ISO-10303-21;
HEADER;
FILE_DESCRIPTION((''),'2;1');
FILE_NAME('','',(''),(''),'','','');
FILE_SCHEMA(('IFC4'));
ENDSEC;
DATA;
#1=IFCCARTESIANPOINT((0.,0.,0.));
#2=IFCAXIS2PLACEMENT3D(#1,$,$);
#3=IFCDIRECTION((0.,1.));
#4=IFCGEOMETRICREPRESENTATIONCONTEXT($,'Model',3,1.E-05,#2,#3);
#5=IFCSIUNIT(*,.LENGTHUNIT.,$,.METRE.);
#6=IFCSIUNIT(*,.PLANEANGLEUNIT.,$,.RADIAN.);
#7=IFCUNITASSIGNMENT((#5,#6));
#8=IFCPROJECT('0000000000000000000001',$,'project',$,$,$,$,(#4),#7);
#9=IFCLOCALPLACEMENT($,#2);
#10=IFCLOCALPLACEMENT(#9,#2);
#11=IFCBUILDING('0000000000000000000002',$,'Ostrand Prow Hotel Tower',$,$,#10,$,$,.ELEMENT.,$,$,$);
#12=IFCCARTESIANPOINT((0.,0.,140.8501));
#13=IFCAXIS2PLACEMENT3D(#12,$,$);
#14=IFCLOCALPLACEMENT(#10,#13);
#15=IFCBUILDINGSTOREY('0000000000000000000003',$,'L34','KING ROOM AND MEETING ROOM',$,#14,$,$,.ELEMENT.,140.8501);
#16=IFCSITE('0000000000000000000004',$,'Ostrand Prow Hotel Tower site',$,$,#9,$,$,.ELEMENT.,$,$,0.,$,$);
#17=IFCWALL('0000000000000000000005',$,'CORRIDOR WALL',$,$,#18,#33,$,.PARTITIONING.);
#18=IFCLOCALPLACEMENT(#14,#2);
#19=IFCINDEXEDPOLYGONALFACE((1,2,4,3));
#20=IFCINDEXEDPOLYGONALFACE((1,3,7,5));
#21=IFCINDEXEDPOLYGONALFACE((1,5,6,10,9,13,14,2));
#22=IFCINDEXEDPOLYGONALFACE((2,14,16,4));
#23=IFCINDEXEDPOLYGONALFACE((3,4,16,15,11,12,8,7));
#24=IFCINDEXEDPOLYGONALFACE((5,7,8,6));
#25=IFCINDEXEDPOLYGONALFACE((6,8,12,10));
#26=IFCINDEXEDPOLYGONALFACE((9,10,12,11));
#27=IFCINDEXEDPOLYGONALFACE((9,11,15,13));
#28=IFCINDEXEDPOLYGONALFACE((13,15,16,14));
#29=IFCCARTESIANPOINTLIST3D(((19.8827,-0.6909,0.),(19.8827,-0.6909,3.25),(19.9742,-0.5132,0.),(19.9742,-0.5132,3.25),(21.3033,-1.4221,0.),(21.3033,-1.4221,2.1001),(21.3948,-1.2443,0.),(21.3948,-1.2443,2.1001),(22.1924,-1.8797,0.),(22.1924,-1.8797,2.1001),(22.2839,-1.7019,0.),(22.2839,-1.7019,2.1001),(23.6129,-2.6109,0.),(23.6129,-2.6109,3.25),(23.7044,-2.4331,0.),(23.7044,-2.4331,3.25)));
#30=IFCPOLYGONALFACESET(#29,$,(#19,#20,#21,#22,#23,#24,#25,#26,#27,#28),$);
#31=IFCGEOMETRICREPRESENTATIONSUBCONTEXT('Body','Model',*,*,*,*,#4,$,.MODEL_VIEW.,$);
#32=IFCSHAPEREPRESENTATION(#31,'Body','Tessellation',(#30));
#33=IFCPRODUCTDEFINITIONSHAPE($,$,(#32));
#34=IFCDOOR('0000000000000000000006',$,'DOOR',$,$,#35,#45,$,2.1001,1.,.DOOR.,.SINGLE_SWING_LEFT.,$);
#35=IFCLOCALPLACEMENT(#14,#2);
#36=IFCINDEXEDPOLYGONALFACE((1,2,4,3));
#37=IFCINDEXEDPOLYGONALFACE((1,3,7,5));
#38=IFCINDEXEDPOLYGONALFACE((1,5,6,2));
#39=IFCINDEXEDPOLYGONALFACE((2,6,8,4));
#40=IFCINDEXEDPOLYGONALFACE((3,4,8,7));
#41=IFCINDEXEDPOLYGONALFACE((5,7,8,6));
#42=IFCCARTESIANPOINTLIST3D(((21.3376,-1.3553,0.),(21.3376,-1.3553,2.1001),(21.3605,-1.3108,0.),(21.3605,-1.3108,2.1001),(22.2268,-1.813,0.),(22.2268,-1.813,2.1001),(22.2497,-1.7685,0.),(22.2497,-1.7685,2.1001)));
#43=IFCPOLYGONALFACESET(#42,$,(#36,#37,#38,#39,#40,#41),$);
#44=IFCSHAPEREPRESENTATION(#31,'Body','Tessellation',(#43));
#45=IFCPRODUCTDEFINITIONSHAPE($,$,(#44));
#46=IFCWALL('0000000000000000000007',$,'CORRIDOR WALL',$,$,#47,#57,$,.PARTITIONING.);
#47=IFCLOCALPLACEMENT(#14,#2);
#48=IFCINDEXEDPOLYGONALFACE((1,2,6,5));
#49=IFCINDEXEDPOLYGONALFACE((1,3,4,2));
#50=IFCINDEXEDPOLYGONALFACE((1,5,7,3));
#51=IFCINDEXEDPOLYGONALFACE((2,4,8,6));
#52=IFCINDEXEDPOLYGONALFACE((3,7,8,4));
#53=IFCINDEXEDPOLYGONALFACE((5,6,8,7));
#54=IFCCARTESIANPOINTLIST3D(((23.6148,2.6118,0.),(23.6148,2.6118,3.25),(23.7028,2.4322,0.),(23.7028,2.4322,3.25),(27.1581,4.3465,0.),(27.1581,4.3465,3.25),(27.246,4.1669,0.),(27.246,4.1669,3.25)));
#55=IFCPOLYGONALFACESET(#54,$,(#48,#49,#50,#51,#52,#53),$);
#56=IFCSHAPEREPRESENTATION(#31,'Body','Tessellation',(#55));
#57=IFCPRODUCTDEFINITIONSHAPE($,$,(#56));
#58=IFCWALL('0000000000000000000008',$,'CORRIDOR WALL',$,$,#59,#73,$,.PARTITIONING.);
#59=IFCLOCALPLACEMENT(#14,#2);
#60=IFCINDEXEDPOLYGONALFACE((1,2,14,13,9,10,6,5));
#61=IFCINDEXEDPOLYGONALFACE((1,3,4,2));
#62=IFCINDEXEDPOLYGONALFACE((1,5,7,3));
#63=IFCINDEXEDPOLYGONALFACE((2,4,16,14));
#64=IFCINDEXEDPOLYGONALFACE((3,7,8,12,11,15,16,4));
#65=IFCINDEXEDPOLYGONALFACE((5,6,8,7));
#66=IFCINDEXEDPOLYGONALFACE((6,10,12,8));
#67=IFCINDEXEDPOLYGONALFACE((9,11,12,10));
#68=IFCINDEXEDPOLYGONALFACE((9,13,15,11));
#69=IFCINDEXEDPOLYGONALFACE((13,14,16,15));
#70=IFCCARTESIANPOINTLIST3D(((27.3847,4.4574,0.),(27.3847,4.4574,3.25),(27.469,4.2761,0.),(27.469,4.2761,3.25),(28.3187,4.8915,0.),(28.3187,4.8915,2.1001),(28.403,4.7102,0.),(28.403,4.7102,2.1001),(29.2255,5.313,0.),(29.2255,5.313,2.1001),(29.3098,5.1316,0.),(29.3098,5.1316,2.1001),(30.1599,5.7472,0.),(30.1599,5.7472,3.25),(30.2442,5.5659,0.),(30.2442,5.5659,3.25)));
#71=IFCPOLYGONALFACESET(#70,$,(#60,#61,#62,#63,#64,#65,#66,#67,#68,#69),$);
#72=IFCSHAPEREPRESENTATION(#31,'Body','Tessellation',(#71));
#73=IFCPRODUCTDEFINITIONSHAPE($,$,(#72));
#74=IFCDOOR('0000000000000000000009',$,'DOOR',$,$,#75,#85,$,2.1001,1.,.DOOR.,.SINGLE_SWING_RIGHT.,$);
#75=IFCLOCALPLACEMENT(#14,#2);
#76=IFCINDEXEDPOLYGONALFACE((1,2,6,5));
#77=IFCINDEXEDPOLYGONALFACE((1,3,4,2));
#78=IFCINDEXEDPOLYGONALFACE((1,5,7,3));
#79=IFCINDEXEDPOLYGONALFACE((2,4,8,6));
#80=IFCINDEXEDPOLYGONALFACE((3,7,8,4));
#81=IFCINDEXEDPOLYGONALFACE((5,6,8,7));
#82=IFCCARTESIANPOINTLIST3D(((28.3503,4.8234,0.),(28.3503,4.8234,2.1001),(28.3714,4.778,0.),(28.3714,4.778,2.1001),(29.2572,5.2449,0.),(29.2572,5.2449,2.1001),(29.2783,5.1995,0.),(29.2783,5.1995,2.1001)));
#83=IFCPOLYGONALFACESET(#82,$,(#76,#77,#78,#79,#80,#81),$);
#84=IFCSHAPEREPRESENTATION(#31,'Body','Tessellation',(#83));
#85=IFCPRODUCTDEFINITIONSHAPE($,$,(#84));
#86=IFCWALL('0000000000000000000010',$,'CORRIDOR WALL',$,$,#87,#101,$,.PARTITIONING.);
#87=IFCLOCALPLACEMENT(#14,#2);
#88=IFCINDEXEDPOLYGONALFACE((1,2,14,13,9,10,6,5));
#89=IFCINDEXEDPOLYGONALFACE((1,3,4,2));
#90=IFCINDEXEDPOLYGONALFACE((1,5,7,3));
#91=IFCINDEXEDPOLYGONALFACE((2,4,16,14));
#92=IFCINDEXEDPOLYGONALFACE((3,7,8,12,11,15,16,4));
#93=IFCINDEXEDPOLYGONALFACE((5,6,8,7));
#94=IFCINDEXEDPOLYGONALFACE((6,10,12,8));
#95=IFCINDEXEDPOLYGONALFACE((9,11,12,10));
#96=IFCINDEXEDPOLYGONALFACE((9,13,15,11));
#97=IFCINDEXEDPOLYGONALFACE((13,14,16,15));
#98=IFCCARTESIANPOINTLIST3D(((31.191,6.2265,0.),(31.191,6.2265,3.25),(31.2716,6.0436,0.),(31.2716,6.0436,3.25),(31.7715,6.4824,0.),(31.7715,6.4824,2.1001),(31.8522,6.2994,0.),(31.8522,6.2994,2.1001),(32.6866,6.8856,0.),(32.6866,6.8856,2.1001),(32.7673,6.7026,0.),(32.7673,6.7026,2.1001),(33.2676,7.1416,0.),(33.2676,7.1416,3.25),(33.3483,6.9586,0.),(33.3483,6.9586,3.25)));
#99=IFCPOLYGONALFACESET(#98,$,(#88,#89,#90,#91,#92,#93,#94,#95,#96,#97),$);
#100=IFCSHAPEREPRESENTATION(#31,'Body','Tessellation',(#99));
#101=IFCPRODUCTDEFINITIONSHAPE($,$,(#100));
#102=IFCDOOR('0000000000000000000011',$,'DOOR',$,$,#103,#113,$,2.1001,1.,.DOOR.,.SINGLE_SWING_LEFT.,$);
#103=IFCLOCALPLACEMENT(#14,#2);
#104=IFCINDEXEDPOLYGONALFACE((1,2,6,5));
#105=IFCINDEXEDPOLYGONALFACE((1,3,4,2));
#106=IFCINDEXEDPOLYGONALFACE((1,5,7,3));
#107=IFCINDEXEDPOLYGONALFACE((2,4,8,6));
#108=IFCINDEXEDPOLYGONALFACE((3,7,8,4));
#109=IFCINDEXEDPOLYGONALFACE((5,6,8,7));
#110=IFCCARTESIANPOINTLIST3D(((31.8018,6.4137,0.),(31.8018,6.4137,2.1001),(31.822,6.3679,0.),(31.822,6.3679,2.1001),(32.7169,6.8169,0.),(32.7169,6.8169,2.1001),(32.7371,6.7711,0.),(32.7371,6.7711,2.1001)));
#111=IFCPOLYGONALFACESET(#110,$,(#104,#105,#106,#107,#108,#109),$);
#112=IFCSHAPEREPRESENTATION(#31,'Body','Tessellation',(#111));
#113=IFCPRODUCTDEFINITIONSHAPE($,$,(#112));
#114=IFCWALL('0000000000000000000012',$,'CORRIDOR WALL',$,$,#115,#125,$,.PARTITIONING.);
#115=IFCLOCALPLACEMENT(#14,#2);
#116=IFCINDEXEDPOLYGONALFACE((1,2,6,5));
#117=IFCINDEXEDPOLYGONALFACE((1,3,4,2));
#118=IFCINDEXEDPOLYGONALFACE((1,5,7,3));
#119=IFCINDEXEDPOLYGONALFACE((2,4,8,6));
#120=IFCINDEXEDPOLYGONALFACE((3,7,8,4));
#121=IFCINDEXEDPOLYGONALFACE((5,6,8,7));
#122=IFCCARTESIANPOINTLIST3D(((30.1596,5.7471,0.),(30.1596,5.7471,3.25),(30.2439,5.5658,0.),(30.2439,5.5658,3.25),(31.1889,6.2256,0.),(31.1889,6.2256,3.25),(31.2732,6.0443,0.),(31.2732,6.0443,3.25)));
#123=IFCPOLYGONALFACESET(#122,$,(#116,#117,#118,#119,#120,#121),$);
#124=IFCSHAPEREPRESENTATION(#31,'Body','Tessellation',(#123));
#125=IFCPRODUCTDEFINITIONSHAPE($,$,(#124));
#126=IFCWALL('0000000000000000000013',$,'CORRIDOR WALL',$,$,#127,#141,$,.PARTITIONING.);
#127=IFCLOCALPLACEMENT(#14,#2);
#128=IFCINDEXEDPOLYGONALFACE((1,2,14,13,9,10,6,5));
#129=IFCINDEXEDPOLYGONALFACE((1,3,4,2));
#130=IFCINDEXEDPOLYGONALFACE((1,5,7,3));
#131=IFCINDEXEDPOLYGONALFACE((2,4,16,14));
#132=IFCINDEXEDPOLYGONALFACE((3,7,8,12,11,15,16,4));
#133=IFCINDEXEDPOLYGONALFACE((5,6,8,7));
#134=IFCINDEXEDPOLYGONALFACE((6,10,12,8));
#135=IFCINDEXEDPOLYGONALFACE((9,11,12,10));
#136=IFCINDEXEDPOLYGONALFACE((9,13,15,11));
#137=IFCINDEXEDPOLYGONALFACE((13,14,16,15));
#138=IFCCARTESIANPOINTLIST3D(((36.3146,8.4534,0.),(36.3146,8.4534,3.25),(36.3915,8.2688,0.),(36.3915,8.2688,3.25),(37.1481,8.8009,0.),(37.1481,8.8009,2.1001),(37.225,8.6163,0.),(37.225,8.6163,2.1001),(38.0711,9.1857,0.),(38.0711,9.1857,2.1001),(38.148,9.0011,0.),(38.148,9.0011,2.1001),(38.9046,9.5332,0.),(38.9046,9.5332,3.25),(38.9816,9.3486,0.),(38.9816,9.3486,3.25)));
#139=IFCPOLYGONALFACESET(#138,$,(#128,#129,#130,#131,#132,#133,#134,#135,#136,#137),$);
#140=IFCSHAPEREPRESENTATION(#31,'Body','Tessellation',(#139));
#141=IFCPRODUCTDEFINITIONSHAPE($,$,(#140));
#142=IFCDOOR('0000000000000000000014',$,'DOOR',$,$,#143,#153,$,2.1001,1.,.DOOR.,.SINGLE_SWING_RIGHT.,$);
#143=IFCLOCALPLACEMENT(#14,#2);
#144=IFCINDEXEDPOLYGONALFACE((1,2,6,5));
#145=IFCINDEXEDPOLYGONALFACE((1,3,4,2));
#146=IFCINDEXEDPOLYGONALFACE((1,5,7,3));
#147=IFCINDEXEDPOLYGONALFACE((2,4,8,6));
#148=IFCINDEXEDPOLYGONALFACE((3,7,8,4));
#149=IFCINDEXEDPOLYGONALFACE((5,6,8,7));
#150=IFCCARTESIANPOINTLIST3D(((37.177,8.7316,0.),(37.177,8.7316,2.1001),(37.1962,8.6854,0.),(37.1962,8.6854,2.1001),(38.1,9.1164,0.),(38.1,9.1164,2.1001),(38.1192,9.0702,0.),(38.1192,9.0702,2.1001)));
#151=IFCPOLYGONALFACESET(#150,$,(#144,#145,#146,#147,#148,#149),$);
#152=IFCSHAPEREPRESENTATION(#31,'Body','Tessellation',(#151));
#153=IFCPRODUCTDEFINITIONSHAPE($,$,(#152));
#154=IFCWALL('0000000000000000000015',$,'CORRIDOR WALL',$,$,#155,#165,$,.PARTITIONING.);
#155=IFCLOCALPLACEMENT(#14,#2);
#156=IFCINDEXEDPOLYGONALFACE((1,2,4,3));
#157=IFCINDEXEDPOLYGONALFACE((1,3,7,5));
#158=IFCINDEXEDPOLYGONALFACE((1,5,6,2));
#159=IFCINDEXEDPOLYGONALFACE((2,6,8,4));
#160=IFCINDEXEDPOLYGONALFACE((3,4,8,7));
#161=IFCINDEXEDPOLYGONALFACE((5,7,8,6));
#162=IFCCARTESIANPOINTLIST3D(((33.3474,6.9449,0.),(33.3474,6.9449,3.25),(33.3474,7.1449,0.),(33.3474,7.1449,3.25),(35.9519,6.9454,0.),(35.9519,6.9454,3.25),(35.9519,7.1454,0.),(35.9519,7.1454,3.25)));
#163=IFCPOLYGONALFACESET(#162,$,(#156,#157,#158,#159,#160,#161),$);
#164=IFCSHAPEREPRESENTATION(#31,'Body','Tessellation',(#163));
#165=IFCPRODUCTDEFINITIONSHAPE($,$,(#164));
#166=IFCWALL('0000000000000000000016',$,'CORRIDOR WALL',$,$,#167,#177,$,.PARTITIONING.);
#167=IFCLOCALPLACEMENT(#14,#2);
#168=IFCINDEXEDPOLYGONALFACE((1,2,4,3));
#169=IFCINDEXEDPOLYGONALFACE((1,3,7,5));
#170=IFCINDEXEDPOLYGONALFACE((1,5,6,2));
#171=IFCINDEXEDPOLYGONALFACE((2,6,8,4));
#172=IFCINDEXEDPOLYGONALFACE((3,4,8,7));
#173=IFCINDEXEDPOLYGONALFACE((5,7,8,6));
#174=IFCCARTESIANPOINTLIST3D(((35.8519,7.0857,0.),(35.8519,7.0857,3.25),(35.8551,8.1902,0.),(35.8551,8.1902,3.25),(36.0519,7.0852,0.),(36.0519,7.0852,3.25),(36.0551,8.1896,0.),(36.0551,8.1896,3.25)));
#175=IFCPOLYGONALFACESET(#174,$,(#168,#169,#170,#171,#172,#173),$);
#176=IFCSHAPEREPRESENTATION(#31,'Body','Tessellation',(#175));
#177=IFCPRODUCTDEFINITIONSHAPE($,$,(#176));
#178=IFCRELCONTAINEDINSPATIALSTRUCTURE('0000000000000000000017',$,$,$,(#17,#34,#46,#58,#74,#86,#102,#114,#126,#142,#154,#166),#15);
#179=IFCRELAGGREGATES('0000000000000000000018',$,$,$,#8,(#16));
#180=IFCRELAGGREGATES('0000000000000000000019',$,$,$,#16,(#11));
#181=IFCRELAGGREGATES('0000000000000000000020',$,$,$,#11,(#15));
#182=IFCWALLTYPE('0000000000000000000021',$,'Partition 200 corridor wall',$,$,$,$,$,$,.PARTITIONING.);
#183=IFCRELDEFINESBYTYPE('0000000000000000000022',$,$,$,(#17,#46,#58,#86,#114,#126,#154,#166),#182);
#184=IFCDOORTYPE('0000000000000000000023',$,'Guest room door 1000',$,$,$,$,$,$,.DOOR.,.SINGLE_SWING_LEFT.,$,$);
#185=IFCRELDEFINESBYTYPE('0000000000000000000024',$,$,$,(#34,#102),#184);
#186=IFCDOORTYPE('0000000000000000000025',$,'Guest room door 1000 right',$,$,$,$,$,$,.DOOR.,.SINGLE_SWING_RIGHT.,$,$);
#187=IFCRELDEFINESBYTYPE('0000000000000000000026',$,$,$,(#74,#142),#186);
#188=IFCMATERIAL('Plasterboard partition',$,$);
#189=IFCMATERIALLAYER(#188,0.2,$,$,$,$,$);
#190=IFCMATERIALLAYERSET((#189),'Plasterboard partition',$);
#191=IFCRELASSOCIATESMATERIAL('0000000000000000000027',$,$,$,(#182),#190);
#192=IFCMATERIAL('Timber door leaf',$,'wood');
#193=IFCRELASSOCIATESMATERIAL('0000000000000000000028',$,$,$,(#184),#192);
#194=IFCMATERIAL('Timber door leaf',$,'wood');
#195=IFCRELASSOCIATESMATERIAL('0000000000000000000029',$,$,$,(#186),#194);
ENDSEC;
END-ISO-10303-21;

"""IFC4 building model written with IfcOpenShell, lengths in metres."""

from ifc_helpers import new_model, si_unit, direction, frame, frame_2d, origin, place, context, subcontext, project, spatial, rectangle, extrude, material, layer, layer_set, type_object, element, fill, save


model = new_model("IFC4")

# Units and contexts
model_context = context("Model", 3, precision=1e-05, world=origin(), true_north=direction((0.0, 1.0)))
body_context = subcontext(model_context, "Body", "Model", "MODEL_VIEW")
ifc_project = project(units=[si_unit("LENGTHUNIT", "METRE"), si_unit("PLANEANGLEUNIT", "RADIAN")], contexts=[model_context])

# Site, building, storey
site_placement = place(None, origin())
site = spatial("IfcSite", under=ifc_project, at=site_placement, Name="Ostrand Prow Hotel Tower site", CompositionType="ELEMENT", RefElevation=0.0)
building_placement = place(site_placement, origin())
building = spatial("IfcBuilding", under=site, at=building_placement, Name="Ostrand Prow Hotel Tower", CompositionType="ELEMENT")
storey_placement = place(building_placement, frame((0.0, 0.0, 140.8501)))
storey = spatial("IfcBuildingStorey", under=building, at=storey_placement, Name="L34", Description="KING ROOM AND MEETING ROOM", CompositionType="ELEMENT", Elevation=140.8501)

# Wall, opening, door
ifc_material_1 = material(Name="Plasterboard partition")
ifc_layer_1 = layer(ifc_material_1, 0.2)
ifc_layer_set_1 = layer_set([ifc_layer_1], Name="Plasterboard partition")
wall_type_1 = type_object("IfcWallType", Name="Partition 200 corridor wall", PredefinedType="PARTITIONING", material=ifc_layer_set_1)
ifc_material_2 = material(Name="Timber door leaf", Category="wood")
door_type_1 = type_object("IfcDoorType", Name="Guest room door 1000", OperationType="SINGLE_SWING_LEFT", PredefinedType="DOOR", material=ifc_material_2)
wall_1_placement = place(storey_placement, frame((23.6587, -2.522, 0.0), z_axis=(0.0, 0.0, 1.0), x_axis=(-0.88914, 0.457635, 0.0)))
wall_1 = element("IfcWall", 1, at=wall_1_placement, inside=storey, type_object=wall_type_1, Name="CORRIDOR WALL", PredefinedType="PARTITIONING", context=body_context, shape_type="SweptSolid", body=[
    extrude(rectangle(XDim=4.1953, YDim=0.2, at=frame_2d((2.0977, 0.0))), origin(), (0.0, 0.0, 1.0), 3.25),
])
opening_1_placement = place(wall_1_placement, frame((1.5977, 0.0, 0.0)))
opening_1 = element("IfcOpeningElement", 2, at=opening_1_placement, cuts=wall_1, PredefinedType="OPENING", context=body_context, shape_type="SweptSolid", body=[
    extrude(rectangle(XDim=1.0, YDim=2.1001, at=frame_2d((0.5, 1.05))), frame((0.0, 0.1099, 0.0), z_axis=(0.0, -1.0, 0.0), x_axis=(1.0, 0.0, 0.0)), (0.0, 0.0, 1.0), 0.22),
])
door_1_placement = place(opening_1_placement, origin())
door_1 = element("IfcDoor", 3, at=door_1_placement, inside=storey, type_object=door_type_1, Name="DOOR", OperationType="SINGLE_SWING_LEFT", OverallHeight=2.1001, OverallWidth=1.0, PredefinedType="DOOR", context=body_context, shape_type="SweptSolid", body=[
    extrude(rectangle(XDim=1.0, YDim=2.1001, at=frame_2d((0.5, 1.05))), frame((0.0, 0.0249, 0.0), z_axis=(0.0, -1.0, 0.0), x_axis=(1.0, 0.0, 0.0)), (0.0, 0.0, 1.0), 0.05),
])
fill(opening_1, door_1)

# Wall
wall_2_placement = place(storey_placement, frame((23.6587, 2.522, 0.0), z_axis=(0.0, 0.0, 1.0), x_axis=(0.898146, 0.439697, 0.0)))
element("IfcWall", 4, at=wall_2_placement, inside=storey, type_object=wall_type_1, Name="CORRIDOR WALL", PredefinedType="PARTITIONING", context=body_context, shape_type="SweptSolid", body=[
    extrude(rectangle(XDim=3.9451, YDim=0.2, at=frame_2d((1.9727, 0.0))), origin(), (0.0, 0.0, 1.0), 3.25),
])

# Walls, openings, doors
wall_3_placement = place(storey_placement, frame((27.4268, 4.3667, 0.0), z_axis=(0.0, 0.0, 1.0), x_axis=(0.906842, 0.42147, 0.0)))
wall_3 = element("IfcWall", 5, at=wall_3_placement, inside=storey, type_object=wall_type_1, Name="CORRIDOR WALL", PredefinedType="PARTITIONING", context=body_context, shape_type="SweptSolid", body=[
    extrude(rectangle(XDim=3.0603, YDim=0.2, at=frame_2d((1.5303, 0.0))), origin(), (0.0, 0.0, 1.0), 3.25),
])
opening_2_placement = place(wall_3_placement, frame((1.03, 0.0, 0.0)))
opening_2 = element("IfcOpeningElement", 6, at=opening_2_placement, cuts=wall_3, PredefinedType="OPENING", context=body_context, shape_type="SweptSolid", body=[
    extrude(rectangle(XDim=1.0, YDim=2.1001, at=frame_2d((0.5, 1.05))), frame((0.0, 0.1099, 0.0), z_axis=(0.0, -1.0, 0.0), x_axis=(1.0, 0.0, 0.0)), (0.0, 0.0, 1.0), 0.22),
])
ifc_material_3 = material(Name="Timber door leaf", Category="wood")
door_type_2 = type_object("IfcDoorType", Name="Guest room door 1000 right", OperationType="SINGLE_SWING_RIGHT", PredefinedType="DOOR", material=ifc_material_3)
door_2_placement = place(opening_2_placement, origin())
door_2 = element("IfcDoor", 7, at=door_2_placement, inside=storey, type_object=door_type_2, Name="DOOR", OperationType="SINGLE_SWING_RIGHT", OverallHeight=2.1001, OverallWidth=1.0, PredefinedType="DOOR", context=body_context, shape_type="SweptSolid", body=[
    extrude(rectangle(XDim=1.0, YDim=2.1001, at=frame_2d((0.5, 1.05))), frame((0.0, 0.0249, 0.0), z_axis=(0.0, -1.0, 0.0), x_axis=(1.0, 0.0, 0.0)), (0.0, 0.0, 1.0), 0.05),
])
fill(opening_2, door_2)
wall_4_placement = place(storey_placement, frame((31.2312, 6.135, 0.0), z_axis=(0.0, 0.0, 1.0), x_axis=(0.915102, 0.403222, 0.0)))
wall_4 = element("IfcWall", 8, at=wall_4_placement, inside=storey, type_object=wall_type_1, Name="CORRIDOR WALL", PredefinedType="PARTITIONING", context=body_context, shape_type="SweptSolid", body=[
    extrude(rectangle(XDim=2.2693, YDim=0.2, at=frame_2d((1.1348, 0.0))), origin(), (0.0, 0.0, 1.0), 3.25),
])
opening_3_placement = place(wall_4_placement, frame((0.6345, 0.0, 0.0)))
opening_3 = element("IfcOpeningElement", 9, at=opening_3_placement, cuts=wall_4, PredefinedType="OPENING", context=body_context, shape_type="SweptSolid", body=[
    extrude(rectangle(XDim=1.0, YDim=2.1001, at=frame_2d((0.5, 1.05))), frame((0.0, 0.1099, 0.0), z_axis=(0.0, -1.0, 0.0), x_axis=(1.0, 0.0, 0.0)), (0.0, 0.0, 1.0), 0.22),
])
door_3_placement = place(opening_3_placement, origin())
door_3 = element("IfcDoor", 10, at=door_3_placement, inside=storey, type_object=door_type_1, Name="DOOR", OperationType="SINGLE_SWING_LEFT", OverallHeight=2.1001, OverallWidth=1.0, PredefinedType="DOOR", context=body_context, shape_type="SweptSolid", body=[
    extrude(rectangle(XDim=1.0, YDim=2.1001, at=frame_2d((0.5, 1.05))), frame((0.0, 0.0249, 0.0), z_axis=(0.0, -1.0, 0.0), x_axis=(1.0, 0.0, 0.0)), (0.0, 0.0, 1.0), 0.05),
])
fill(opening_3, door_3)

# Wall
wall_5_placement = place(storey_placement, frame((30.2019, 5.6565, 0.0), z_axis=(0.0, 0.0, 1.0), x_axis=(0.906798, 0.421566, 0.0)))
element("IfcWall", 11, at=wall_5_placement, inside=storey, type_object=wall_type_1, Name="CORRIDOR WALL", PredefinedType="PARTITIONING", context=body_context, shape_type="SweptSolid", body=[
    extrude(rectangle(XDim=1.135, YDim=0.2, at=frame_2d((0.5674, 0.0))), origin(), (0.0, 0.0, 1.0), 3.25),
])

# Wall, opening, door
wall_6_placement = place(storey_placement, frame((36.353, 8.3611, 0.0), z_axis=(0.0, 0.0, 1.0), x_axis=(0.922997, 0.384807, 0.0)))
wall_6 = element("IfcWall", 12, at=wall_6_placement, inside=storey, type_object=wall_type_1, Name="CORRIDOR WALL", PredefinedType="PARTITIONING", context=body_context, shape_type="SweptSolid", body=[
    extrude(rectangle(XDim=2.8062, YDim=0.2, at=frame_2d((1.4031, 0.0))), origin(), (0.0, 0.0, 1.0), 3.25),
])
opening_4_placement = place(wall_6_placement, frame((0.9031, 0.0, 0.0)))
opening_4 = element("IfcOpeningElement", 13, at=opening_4_placement, cuts=wall_6, PredefinedType="OPENING", context=body_context, shape_type="SweptSolid", body=[
    extrude(rectangle(XDim=1.0, YDim=2.1001, at=frame_2d((0.5, 1.05))), frame((0.0, 0.1099, 0.0), z_axis=(0.0, -1.0, 0.0), x_axis=(1.0, 0.0, 0.0)), (0.0, 0.0, 1.0), 0.22),
])
door_4_placement = place(opening_4_placement, origin())
door_4 = element("IfcDoor", 14, at=door_4_placement, inside=storey, type_object=door_type_2, Name="DOOR", OperationType="SINGLE_SWING_RIGHT", OverallHeight=2.1001, OverallWidth=1.0, PredefinedType="DOOR", context=body_context, shape_type="SweptSolid", body=[
    extrude(rectangle(XDim=1.0, YDim=2.1001, at=frame_2d((0.5, 1.05))), frame((0.0, 0.0249, 0.0), z_axis=(0.0, -1.0, 0.0), x_axis=(1.0, 0.0, 0.0)), (0.0, 0.0, 1.0), 0.05),
])
fill(opening_4, door_4)

# Walls
wall_7_placement = place(storey_placement, frame((33.3474, 7.0449, 0.0), z_axis=(0.0, 0.0, 1.0), x_axis=(1.0, 0.000187, 0.0)))
element("IfcWall", 15, at=wall_7_placement, inside=storey, type_object=wall_type_1, Name="CORRIDOR WALL", PredefinedType="PARTITIONING", context=body_context, shape_type="SweptSolid", body=[
    extrude(rectangle(XDim=2.6045, YDim=0.2, at=frame_2d((1.3022, 0.0))), origin(), (0.0, 0.0, 1.0), 3.25),
])
wall_8_placement = place(storey_placement, frame((35.9519, 7.0854, 0.0), z_axis=(0.0, 0.0, 1.0), x_axis=(0.002874, 0.999996, 0.0)))
element("IfcWall", 16, at=wall_8_placement, inside=storey, type_object=wall_type_1, Name="CORRIDOR WALL", PredefinedType="PARTITIONING", context=body_context, shape_type="SweptSolid", body=[
    extrude(rectangle(XDim=1.1045, YDim=0.2, at=frame_2d((0.5522, 0.0))), origin(), (0.0, 0.0, 1.0), 3.25),
])

save(model, "model.ifc")
